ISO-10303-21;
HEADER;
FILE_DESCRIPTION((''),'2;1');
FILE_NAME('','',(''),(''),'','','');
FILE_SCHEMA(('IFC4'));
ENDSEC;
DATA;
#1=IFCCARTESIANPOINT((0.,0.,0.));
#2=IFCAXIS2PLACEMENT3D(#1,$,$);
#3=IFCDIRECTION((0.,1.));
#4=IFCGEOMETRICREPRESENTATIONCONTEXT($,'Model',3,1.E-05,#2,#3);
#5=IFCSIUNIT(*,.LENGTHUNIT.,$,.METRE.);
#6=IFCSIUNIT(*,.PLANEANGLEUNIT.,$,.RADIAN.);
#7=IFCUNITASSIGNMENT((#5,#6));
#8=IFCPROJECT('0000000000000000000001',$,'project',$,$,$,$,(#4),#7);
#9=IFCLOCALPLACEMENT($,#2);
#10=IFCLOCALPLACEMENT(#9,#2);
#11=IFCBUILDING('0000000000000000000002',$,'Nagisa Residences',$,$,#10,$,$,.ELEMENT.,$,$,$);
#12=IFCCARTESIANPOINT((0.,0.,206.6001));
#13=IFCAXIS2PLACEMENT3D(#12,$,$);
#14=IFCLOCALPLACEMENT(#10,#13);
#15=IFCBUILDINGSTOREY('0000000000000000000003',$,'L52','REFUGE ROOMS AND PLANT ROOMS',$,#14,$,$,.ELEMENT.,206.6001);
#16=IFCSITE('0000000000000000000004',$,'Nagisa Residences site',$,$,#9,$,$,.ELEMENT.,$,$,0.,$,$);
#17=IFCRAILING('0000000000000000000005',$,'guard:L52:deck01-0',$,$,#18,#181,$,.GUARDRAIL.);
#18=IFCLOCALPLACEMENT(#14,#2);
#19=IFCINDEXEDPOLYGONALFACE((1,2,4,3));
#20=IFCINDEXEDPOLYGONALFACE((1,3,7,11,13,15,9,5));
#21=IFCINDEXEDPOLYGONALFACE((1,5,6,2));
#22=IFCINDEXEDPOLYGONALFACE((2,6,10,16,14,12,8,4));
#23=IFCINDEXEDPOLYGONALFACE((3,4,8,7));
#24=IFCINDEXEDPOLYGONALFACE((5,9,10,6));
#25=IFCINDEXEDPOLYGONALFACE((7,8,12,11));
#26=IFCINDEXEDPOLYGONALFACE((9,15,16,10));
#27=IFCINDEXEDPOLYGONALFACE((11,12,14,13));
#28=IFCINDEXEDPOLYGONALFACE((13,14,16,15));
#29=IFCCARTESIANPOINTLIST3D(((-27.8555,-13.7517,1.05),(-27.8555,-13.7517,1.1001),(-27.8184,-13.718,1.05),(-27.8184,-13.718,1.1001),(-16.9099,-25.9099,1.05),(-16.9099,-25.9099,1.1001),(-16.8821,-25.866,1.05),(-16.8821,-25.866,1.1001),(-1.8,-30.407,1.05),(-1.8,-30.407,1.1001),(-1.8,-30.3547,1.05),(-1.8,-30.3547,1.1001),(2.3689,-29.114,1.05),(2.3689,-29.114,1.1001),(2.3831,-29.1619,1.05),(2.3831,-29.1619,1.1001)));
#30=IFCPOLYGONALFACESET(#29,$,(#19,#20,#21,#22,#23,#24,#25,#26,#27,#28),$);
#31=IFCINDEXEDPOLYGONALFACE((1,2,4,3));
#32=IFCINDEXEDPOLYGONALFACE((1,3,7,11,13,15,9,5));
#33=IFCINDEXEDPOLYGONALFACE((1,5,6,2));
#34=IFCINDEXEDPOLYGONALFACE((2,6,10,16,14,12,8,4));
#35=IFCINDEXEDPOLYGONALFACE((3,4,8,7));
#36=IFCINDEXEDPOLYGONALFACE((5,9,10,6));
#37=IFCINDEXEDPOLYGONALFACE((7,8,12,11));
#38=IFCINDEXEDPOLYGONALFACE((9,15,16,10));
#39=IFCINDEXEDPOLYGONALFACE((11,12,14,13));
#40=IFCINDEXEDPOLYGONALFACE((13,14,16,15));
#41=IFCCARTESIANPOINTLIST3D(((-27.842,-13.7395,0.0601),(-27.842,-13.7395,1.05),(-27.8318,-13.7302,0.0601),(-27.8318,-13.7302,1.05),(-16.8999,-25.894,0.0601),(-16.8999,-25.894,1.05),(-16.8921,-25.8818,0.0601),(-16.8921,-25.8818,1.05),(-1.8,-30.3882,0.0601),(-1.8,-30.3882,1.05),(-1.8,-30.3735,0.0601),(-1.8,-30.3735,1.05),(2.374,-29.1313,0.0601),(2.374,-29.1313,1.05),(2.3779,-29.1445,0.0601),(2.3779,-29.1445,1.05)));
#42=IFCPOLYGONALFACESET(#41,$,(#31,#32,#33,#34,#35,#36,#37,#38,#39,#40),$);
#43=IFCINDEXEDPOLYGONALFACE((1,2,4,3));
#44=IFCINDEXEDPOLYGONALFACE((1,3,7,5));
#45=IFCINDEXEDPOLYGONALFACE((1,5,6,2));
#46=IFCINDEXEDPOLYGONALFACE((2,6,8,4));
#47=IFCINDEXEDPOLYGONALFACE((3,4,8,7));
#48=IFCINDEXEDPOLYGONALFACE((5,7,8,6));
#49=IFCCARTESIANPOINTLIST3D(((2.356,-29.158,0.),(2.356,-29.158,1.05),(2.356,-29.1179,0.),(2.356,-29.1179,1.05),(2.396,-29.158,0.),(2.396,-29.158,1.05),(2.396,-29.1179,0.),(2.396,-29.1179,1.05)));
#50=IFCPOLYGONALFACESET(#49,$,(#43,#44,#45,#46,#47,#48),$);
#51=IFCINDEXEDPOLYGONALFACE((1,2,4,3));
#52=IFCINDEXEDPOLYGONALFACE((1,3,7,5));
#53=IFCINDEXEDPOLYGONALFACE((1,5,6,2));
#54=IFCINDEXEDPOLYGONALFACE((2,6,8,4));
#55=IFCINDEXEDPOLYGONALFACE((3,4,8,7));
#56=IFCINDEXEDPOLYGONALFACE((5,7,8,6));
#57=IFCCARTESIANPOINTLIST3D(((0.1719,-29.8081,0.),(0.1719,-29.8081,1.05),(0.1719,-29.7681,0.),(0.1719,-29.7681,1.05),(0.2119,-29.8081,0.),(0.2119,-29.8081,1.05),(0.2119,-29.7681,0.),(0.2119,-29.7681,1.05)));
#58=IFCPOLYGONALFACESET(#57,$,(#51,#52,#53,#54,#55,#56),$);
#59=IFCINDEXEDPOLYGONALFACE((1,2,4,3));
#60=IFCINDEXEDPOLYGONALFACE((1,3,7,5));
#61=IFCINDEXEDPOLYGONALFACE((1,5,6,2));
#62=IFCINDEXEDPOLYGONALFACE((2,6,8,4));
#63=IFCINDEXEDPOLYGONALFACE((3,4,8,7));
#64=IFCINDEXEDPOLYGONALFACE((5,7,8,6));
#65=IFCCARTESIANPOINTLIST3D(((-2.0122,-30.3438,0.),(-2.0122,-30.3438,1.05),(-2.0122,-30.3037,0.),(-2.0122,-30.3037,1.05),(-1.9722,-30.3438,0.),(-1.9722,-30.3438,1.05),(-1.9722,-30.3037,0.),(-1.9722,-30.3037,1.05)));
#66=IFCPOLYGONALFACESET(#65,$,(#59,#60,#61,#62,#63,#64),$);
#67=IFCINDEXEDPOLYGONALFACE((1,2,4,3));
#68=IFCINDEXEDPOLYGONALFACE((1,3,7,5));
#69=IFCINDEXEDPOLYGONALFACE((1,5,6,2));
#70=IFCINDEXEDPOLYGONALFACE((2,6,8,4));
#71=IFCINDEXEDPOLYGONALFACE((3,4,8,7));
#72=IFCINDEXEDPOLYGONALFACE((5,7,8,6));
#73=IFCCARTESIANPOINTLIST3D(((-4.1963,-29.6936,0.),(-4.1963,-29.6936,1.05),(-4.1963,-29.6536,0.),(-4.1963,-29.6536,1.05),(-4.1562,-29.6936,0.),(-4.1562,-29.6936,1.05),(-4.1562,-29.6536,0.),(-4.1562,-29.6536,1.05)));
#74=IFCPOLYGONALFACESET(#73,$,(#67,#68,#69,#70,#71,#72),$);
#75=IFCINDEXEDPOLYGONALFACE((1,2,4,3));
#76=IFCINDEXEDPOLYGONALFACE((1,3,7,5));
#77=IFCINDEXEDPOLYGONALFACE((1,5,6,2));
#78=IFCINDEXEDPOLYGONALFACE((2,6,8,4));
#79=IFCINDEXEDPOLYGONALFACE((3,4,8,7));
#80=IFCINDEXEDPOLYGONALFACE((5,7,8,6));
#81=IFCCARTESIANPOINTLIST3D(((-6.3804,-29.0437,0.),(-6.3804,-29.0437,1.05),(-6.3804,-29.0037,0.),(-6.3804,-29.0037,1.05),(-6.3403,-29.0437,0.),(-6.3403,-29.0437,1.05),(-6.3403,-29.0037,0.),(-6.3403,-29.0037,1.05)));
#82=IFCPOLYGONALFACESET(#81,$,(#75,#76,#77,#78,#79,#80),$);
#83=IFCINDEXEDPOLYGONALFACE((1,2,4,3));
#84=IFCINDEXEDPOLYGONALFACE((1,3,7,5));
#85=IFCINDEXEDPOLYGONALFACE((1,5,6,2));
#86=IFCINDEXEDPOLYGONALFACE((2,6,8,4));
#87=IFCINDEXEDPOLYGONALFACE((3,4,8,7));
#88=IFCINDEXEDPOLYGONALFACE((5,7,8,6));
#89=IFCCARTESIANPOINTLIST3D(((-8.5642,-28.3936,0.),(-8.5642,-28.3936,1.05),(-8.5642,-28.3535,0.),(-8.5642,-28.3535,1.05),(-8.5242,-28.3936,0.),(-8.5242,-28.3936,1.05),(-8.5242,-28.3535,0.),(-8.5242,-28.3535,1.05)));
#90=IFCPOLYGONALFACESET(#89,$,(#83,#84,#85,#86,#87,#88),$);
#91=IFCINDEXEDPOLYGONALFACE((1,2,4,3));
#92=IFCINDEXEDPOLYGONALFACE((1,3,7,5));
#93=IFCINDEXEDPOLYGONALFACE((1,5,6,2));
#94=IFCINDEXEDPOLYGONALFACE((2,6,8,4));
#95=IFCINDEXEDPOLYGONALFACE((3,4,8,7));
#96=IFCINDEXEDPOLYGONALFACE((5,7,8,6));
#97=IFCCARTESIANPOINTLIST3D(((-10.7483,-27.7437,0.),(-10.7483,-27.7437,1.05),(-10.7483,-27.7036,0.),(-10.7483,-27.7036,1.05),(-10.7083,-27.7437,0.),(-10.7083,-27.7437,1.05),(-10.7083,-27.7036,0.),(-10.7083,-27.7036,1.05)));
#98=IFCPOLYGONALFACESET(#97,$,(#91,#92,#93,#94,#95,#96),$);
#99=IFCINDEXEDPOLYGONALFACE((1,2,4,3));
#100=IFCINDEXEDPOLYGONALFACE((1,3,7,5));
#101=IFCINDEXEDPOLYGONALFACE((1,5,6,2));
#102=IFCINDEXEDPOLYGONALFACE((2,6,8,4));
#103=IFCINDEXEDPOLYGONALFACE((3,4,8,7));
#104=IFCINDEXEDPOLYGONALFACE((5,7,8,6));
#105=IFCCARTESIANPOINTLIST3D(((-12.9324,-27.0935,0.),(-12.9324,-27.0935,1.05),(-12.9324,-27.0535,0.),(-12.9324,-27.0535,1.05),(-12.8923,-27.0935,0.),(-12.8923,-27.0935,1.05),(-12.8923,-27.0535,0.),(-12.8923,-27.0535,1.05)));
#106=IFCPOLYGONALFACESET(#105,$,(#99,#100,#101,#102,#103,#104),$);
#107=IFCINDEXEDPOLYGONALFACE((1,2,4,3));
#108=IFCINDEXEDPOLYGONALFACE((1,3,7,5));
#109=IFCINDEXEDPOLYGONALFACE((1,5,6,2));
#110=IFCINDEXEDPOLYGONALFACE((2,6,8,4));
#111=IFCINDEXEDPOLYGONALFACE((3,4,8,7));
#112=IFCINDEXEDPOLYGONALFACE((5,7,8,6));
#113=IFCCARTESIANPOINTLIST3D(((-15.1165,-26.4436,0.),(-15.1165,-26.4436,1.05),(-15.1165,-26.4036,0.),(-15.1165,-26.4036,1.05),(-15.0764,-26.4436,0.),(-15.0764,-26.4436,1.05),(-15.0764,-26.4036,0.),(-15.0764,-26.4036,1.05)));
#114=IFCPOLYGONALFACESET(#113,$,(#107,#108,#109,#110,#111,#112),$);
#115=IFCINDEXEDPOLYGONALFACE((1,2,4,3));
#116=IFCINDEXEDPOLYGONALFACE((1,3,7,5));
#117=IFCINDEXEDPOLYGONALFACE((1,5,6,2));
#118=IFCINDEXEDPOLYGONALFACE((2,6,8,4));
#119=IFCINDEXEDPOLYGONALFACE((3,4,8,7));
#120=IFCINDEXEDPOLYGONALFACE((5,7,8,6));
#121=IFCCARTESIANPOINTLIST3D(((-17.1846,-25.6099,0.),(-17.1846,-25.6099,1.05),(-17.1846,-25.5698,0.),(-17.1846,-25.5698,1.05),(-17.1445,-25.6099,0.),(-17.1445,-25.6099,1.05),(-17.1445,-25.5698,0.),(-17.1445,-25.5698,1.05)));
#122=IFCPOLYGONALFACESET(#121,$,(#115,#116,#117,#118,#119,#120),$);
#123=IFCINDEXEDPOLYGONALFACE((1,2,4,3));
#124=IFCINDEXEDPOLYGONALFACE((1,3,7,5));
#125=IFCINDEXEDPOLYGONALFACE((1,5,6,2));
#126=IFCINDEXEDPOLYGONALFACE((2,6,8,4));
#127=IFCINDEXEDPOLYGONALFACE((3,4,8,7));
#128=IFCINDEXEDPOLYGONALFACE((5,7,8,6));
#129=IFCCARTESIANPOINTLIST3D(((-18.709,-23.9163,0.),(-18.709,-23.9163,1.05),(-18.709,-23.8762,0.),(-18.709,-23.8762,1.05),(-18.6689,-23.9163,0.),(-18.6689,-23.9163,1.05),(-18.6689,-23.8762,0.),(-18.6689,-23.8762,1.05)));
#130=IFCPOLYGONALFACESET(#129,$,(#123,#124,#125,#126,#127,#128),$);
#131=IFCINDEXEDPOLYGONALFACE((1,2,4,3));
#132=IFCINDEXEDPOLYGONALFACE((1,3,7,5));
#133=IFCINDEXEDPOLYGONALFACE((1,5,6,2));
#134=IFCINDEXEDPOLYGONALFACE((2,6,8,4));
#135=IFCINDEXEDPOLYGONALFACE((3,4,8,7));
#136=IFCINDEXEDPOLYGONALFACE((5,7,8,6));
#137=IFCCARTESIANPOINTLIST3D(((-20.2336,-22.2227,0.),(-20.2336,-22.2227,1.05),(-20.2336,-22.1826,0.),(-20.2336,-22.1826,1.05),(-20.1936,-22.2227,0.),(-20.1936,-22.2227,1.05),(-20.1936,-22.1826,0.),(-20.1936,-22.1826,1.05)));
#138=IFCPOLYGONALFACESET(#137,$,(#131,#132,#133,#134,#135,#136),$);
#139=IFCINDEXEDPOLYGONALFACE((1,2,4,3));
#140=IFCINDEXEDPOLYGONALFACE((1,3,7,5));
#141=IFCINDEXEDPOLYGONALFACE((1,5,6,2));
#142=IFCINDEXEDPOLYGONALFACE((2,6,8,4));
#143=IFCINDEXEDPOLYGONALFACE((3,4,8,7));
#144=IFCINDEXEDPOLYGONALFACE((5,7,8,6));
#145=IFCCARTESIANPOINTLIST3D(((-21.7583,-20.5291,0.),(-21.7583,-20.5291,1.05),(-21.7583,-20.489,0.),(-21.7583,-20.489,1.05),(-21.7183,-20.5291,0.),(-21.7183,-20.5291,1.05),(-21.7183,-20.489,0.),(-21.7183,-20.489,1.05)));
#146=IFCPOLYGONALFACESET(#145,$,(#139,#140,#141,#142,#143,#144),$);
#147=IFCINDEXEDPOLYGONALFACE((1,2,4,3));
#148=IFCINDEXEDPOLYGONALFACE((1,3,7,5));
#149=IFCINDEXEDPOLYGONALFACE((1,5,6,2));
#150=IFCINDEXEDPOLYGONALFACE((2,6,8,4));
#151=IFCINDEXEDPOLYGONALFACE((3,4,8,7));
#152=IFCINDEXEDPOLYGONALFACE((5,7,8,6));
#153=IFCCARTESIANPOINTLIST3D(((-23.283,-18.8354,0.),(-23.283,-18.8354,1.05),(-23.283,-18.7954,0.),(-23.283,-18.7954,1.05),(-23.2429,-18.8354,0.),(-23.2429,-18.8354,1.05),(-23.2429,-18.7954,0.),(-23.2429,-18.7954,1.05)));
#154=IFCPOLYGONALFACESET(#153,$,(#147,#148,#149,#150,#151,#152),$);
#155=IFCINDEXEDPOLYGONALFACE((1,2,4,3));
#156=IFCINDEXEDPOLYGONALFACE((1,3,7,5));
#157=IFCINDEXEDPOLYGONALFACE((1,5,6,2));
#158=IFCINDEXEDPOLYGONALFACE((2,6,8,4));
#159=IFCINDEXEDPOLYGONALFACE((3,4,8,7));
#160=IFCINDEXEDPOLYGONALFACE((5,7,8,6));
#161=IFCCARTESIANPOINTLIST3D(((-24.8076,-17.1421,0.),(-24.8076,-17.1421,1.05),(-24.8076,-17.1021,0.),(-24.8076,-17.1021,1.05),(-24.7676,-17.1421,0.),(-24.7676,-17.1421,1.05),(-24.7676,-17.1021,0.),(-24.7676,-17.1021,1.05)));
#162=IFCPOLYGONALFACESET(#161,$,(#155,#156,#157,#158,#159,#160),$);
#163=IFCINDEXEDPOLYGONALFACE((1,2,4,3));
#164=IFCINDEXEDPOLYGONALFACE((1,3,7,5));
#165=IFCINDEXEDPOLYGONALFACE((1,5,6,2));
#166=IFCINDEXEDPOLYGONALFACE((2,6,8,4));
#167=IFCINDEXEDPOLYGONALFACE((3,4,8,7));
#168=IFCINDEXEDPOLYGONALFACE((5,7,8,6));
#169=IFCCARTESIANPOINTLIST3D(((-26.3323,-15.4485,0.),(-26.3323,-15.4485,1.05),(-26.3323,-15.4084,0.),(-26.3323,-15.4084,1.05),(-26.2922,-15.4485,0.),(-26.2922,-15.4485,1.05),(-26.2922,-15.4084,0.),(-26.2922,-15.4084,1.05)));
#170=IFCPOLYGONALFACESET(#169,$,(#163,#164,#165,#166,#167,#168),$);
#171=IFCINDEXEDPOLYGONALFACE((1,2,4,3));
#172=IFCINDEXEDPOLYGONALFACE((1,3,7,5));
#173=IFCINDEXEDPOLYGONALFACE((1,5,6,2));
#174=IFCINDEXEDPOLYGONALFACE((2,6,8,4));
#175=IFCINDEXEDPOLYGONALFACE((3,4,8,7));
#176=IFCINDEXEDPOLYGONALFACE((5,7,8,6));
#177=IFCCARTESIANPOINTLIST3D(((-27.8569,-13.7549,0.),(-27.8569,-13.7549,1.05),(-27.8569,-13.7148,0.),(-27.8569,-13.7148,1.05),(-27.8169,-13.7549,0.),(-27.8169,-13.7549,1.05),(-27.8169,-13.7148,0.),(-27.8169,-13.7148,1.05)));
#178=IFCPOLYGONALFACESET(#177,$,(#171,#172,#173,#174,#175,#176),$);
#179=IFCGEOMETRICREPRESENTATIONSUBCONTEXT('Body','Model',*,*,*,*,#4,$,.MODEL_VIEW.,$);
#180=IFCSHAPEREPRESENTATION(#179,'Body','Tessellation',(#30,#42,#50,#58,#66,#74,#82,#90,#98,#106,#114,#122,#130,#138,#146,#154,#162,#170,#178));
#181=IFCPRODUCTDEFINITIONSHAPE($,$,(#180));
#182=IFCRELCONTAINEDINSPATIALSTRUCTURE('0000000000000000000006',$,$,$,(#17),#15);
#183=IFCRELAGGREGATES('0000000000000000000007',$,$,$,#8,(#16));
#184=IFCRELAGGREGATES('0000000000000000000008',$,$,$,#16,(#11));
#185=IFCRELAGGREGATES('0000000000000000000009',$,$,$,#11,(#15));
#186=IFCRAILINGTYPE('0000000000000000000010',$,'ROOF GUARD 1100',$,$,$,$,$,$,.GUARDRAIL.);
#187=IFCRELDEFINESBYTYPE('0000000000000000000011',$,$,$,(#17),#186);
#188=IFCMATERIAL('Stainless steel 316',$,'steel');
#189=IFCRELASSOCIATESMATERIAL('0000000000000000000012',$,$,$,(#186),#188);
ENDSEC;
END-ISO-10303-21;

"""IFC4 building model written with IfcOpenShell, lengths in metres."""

from ifc_helpers import new_model, si_unit, direction, frame, origin, origin_2d, place, context, subcontext, project, spatial, polyline, rectangle, outline, extrude, material, type_object, element, save


model = new_model("IFC4")

# Units and contexts
model_context = context("Model", 3, precision=1e-05, world=origin(), true_north=direction((0.0, 1.0)))
body_context = subcontext(model_context, "Body", "Model", "MODEL_VIEW")
ifc_project = project(units=[si_unit("LENGTHUNIT", "METRE"), si_unit("PLANEANGLEUNIT", "RADIAN")], contexts=[model_context])

# Site, building, storey
site_placement = place(None, origin())
site = spatial("IfcSite", under=ifc_project, at=site_placement, Name="Nagisa Residences site", CompositionType="ELEMENT", RefElevation=0.0)
building_placement = place(site_placement, origin())
building = spatial("IfcBuilding", under=site, at=building_placement, Name="Nagisa Residences", CompositionType="ELEMENT")
storey_placement = place(building_placement, frame((0.0, 0.0, 206.6001)))
storey = spatial("IfcBuildingStorey", under=building, at=storey_placement, Name="L52", Description="REFUGE ROOMS AND PLANT ROOMS", CompositionType="ELEMENT", Elevation=206.6001)

# Railing
ifc_material_1 = material(Name="Stainless steel 316", Category="steel")
railing_type = type_object("IfcRailingType", Name="ROOF GUARD 1100", PredefinedType="GUARDRAIL", material=ifc_material_1)
railing_placement = place(storey_placement, frame((2.376, -29.1379, 0.0)))
element("IfcRailing", 1, at=railing_placement, inside=storey, type_object=railing_type, Name="guard:L52:deck01-0", PredefinedType="GUARDRAIL", context=body_context, shape_type="SweptSolid", body=[
    extrude(outline(polyline([(-4.176, -1.269), (0.0071, -0.0239), (-0.0071, 0.0239), (-4.176, -1.2168), (-19.2581, 3.272), (-30.1943, 15.4199), (-30.2314, 15.3862), (-19.2859, 3.228), (-4.176, -1.269)])), frame((0.0, 0.0, 1.05)), (0.0, 0.0, 1.0), 0.05),
    extrude(outline(polyline([(-4.176, -1.2502), (0.002, -0.0066), (-0.002, 0.0066), (-4.176, -1.2356), (-19.2681, 3.2561), (-30.2078, 15.4077), (-30.218, 15.3984), (-19.2759, 3.2439), (-4.176, -1.2502)])), frame((0.0, 0.0, 0.0601)), (0.0, 0.0, 1.0), 0.99),
    extrude(rectangle(XDim=0.04, YDim=0.04, at=origin_2d()), origin(), (0.0, 0.0, 1.0), 1.05),
    extrude(rectangle(XDim=0.04, YDim=0.04, at=origin_2d()), frame((-2.1841, -0.6501, 0.0)), (0.0, 0.0, 1.0), 1.05),
    extrude(rectangle(XDim=0.04, YDim=0.04, at=origin_2d()), frame((-4.3682, -1.1858, 0.0)), (0.0, 0.0, 1.0), 1.05),
    extrude(rectangle(XDim=0.04, YDim=0.04, at=origin_2d()), frame((-6.5522, -0.5356, 0.0)), (0.0, 0.0, 1.0), 1.05),
    extrude(rectangle(XDim=0.04, YDim=0.04, at=origin_2d()), frame((-8.7363, 0.1143, 0.0)), (0.0, 0.0, 1.0), 1.05),
    extrude(rectangle(XDim=0.04, YDim=0.04, at=origin_2d()), frame((-10.9202, 0.7644, 0.0)), (0.0, 0.0, 1.0), 1.05),
    extrude(rectangle(XDim=0.04, YDim=0.04, at=origin_2d()), frame((-13.1042, 1.4143, 0.0)), (0.0, 0.0, 1.0), 1.05),
    extrude(rectangle(XDim=0.04, YDim=0.04, at=origin_2d()), frame((-15.2883, 2.0645, 0.0)), (0.0, 0.0, 1.0), 1.05),
    extrude(rectangle(XDim=0.04, YDim=0.04, at=origin_2d()), frame((-17.4724, 2.7144, 0.0)), (0.0, 0.0, 1.0), 1.05),
    extrude(rectangle(XDim=0.04, YDim=0.04, at=origin_2d()), frame((-19.5405, 3.5481, 0.0)), (0.0, 0.0, 1.0), 1.05),
    extrude(rectangle(XDim=0.04, YDim=0.04, at=origin_2d()), frame((-21.0649, 5.2417, 0.0)), (0.0, 0.0, 1.0), 1.05),
    extrude(rectangle(XDim=0.04, YDim=0.04, at=origin_2d()), frame((-22.5896, 6.9353, 0.0)), (0.0, 0.0, 1.0), 1.05),
    extrude(rectangle(XDim=0.04, YDim=0.04, at=origin_2d()), frame((-24.1143, 8.6289, 0.0)), (0.0, 0.0, 1.0), 1.05),
    extrude(rectangle(XDim=0.04, YDim=0.04, at=origin_2d()), frame((-25.6389, 10.3225, 0.0)), (0.0, 0.0, 1.0), 1.05),
    extrude(rectangle(XDim=0.04, YDim=0.04, at=origin_2d()), frame((-27.1636, 12.0159, 0.0)), (0.0, 0.0, 1.0), 1.05),
    extrude(rectangle(XDim=0.04, YDim=0.04, at=origin_2d()), frame((-28.6882, 13.7095, 0.0)), (0.0, 0.0, 1.0), 1.05),
    extrude(rectangle(XDim=0.04, YDim=0.04, at=origin_2d()), frame((-30.2129, 15.4031, 0.0)), (0.0, 0.0, 1.0), 1.05),
])

save(model, "model.ifc")
